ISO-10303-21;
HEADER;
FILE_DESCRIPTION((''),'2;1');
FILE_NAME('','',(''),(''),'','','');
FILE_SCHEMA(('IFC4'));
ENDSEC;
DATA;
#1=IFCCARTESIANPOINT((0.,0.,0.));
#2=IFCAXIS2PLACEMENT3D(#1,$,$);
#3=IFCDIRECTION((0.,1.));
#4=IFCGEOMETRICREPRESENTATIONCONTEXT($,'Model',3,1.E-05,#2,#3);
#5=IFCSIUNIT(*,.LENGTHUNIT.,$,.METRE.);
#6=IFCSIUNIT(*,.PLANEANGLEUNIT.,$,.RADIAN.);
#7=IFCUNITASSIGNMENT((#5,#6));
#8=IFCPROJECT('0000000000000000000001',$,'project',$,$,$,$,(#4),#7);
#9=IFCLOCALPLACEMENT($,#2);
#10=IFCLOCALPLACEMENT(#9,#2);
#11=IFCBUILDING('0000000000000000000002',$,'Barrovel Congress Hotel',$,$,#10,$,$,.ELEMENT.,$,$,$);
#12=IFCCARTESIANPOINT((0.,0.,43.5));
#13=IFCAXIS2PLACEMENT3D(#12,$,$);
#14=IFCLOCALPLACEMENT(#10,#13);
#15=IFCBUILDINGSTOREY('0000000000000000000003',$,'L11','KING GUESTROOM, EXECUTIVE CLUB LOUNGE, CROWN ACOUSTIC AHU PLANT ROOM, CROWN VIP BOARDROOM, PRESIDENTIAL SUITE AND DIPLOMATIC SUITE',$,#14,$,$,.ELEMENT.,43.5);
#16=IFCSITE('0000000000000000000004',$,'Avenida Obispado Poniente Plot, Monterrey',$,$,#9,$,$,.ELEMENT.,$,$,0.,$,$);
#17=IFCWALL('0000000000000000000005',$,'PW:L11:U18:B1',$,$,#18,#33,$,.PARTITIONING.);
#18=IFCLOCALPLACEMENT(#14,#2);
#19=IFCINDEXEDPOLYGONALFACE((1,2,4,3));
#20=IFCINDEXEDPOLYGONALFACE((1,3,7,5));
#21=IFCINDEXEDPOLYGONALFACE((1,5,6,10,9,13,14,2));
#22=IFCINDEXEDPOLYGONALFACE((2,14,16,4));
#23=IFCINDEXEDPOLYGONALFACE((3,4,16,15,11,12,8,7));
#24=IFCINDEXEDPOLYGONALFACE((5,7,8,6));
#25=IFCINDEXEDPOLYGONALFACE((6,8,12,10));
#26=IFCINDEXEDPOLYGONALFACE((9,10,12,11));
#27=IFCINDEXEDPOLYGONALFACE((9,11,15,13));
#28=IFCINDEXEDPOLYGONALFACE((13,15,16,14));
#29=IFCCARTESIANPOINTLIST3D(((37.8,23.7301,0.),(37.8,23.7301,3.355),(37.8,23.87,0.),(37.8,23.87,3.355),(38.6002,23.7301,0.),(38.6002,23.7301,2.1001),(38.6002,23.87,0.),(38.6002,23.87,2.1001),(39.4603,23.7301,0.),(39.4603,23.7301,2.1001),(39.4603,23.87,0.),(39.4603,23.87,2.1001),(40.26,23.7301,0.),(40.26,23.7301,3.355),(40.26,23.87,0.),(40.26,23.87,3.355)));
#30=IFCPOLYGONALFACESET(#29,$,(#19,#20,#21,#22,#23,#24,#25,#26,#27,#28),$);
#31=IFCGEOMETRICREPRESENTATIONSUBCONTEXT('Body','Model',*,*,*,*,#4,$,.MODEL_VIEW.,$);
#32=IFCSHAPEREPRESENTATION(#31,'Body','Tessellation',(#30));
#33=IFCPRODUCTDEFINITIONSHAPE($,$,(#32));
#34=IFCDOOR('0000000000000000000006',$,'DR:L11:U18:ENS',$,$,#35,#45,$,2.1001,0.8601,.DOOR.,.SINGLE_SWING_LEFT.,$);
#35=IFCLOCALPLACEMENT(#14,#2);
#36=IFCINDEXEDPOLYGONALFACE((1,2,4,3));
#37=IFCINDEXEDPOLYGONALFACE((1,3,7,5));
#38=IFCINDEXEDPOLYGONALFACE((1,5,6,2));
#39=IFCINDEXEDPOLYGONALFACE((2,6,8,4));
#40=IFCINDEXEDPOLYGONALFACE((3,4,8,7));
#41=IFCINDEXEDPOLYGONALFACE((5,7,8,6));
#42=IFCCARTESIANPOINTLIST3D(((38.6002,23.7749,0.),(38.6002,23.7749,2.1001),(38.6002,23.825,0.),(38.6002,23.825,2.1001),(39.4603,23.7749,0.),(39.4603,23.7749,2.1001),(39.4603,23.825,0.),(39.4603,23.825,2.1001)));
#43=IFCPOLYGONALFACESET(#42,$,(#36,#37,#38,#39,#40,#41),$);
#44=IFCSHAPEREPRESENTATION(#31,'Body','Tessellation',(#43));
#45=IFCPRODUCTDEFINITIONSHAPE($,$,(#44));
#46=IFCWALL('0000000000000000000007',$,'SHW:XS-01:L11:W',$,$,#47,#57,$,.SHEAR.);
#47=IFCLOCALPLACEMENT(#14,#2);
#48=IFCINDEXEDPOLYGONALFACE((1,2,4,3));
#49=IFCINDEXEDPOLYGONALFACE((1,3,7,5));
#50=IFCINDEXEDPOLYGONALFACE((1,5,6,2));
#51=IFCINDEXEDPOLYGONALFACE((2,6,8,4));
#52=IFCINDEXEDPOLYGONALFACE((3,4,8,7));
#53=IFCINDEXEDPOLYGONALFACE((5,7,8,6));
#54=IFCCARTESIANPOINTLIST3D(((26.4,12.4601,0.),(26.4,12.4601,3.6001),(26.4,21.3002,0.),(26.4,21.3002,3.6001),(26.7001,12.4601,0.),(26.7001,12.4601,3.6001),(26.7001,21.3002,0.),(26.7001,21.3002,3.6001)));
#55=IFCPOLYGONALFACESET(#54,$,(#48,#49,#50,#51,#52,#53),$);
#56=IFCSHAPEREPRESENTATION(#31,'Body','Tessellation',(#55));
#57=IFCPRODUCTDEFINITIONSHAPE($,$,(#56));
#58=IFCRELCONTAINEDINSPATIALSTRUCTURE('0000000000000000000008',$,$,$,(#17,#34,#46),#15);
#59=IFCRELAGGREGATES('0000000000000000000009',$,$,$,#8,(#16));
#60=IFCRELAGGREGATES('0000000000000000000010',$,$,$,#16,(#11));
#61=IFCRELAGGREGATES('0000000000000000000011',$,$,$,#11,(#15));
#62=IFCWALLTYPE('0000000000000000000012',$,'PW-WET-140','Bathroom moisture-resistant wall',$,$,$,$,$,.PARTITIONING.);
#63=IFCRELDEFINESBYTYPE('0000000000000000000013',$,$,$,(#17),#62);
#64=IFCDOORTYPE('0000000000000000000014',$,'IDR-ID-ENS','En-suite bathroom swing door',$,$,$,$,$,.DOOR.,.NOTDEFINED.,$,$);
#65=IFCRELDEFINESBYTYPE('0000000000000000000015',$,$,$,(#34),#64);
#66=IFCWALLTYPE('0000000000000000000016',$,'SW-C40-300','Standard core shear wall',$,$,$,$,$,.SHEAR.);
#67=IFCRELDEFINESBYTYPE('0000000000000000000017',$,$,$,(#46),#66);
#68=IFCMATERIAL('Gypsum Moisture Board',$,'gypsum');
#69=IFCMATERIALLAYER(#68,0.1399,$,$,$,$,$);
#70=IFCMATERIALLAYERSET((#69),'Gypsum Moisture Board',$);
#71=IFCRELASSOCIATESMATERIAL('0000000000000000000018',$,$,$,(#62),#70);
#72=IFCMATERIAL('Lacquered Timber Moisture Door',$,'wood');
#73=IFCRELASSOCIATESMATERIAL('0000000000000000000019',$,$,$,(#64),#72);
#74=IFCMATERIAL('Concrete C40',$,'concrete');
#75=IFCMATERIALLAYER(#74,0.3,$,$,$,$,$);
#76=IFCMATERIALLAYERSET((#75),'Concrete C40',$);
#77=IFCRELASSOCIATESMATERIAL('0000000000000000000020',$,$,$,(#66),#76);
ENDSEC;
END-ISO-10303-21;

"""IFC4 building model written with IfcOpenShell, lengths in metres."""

from ifc_helpers import new_model, si_unit, direction, frame, frame_2d, origin, place, context, subcontext, project, spatial, rectangle, extrude, material, layer, layer_set, type_object, element, fill, save


model = new_model("IFC4")

# Units and contexts
model_context = context("Model", 3, precision=1e-05, world=origin(), true_north=direction((0.0, 1.0)))
body_context = subcontext(model_context, "Body", "Model", "MODEL_VIEW")
ifc_project = project(units=[si_unit("LENGTHUNIT", "METRE"), si_unit("PLANEANGLEUNIT", "RADIAN")], contexts=[model_context])

# Site, building, storey
site_placement = place(None, origin())
site = spatial("IfcSite", under=ifc_project, at=site_placement, Name="Avenida Obispado Poniente Plot, Monterrey", CompositionType="ELEMENT", RefElevation=0.0)
building_placement = place(site_placement, origin())
building = spatial("IfcBuilding", under=site, at=building_placement, Name="Barrovel Congress Hotel", CompositionType="ELEMENT")
storey_placement = place(building_placement, frame((0.0, 0.0, 43.5)))
storey = spatial("IfcBuildingStorey", under=building, at=storey_placement, Name="L11", Description="KING GUESTROOM, EXECUTIVE CLUB LOUNGE, CROWN ACOUSTIC AHU PLANT ROOM, CROWN VIP BOARDROOM, PRESIDENTIAL SUITE AND DIPLOMATIC SUITE", CompositionType="ELEMENT", Elevation=43.5)

# Shared definitions
ifc_material_1 = material(Name="Concrete C40", Category="concrete")

# Wall, opening, door
ifc_material_2 = material(Name="Gypsum Moisture Board", Category="gypsum")
ifc_layer_1 = layer(ifc_material_2, 0.1399)
ifc_layer_set_1 = layer_set([ifc_layer_1], Name="Gypsum Moisture Board")
wall_type_1 = type_object("IfcWallType", Name="PW-WET-140", Description="Bathroom moisture-resistant wall", PredefinedType="PARTITIONING", material=ifc_layer_set_1)
wall_1_placement = place(storey_placement, frame((37.8, 23.8, 0.0), z_axis=(0.0, 0.0, 1.0), x_axis=(1.0, 0.0, 0.0)))
wall_1 = element("IfcWall", 1, at=wall_1_placement, inside=storey, type_object=wall_type_1, Name="PW:L11:U18:B1", PredefinedType="PARTITIONING", context=body_context, shape_type="SweptSolid", body=[
    extrude(rectangle(XDim=2.46, YDim=0.1399, at=frame_2d((1.23, 0.0))), origin(), (0.0, 0.0, 1.0), 3.355),
])
opening_placement = place(wall_1_placement, frame((0.8, 0.0, 0.0)))
opening = element("IfcOpeningElement", 2, at=opening_placement, cuts=wall_1, PredefinedType="OPENING", context=body_context, shape_type="SweptSolid", body=[
    extrude(rectangle(XDim=0.8601, YDim=2.1001, at=frame_2d((0.4302, 1.05))), frame((0.0, 0.0801, 0.0), z_axis=(0.0, -1.0, 0.0), x_axis=(1.0, 0.0, 0.0)), (0.0, 0.0, 1.0), 0.1599),
])
ifc_material_3 = material(Name="Lacquered Timber Moisture Door", Category="wood")
door_type = type_object("IfcDoorType", Name="IDR-ID-ENS", Description="En-suite bathroom swing door", OperationType="NOTDEFINED", PredefinedType="DOOR", material=ifc_material_3)
door_placement = place(opening_placement, origin())
door = element("IfcDoor", 3, at=door_placement, inside=storey, type_object=door_type, Name="DR:L11:U18:ENS", OperationType="SINGLE_SWING_LEFT", OverallHeight=2.1001, OverallWidth=0.8601, PredefinedType="DOOR", context=body_context, shape_type="SweptSolid", body=[
    extrude(rectangle(XDim=0.8601, YDim=2.1001, at=frame_2d((0.4302, 1.05))), frame((0.0, 0.0249, 0.0), z_axis=(0.0, -1.0, 0.0), x_axis=(1.0, 0.0, 0.0)), (0.0, 0.0, 1.0), 0.05),
])
fill(opening, door)

# Wall
ifc_layer_2 = layer(ifc_material_1, 0.3)
ifc_layer_set_2 = layer_set([ifc_layer_2], Name="Concrete C40")
wall_type_2 = type_object("IfcWallType", Name="SW-C40-300", Description="Standard core shear wall", PredefinedType="SHEAR", material=ifc_layer_set_2)
wall_2_placement = place(storey_placement, frame((26.55, 21.3, 0.0), z_axis=(0.0, 0.0, 1.0), x_axis=(0.0, -1.0, 0.0)))
element("IfcWall", 4, at=wall_2_placement, inside=storey, type_object=wall_type_2, Name="SHW:XS-01:L11:W", PredefinedType="SHEAR", context=body_context, shape_type="SweptSolid", body=[
    extrude(rectangle(XDim=8.8401, YDim=0.3, at=frame_2d((4.4199, 0.0))), origin(), (0.0, 0.0, 1.0), 3.6001),
])

save(model, "model.ifc")
